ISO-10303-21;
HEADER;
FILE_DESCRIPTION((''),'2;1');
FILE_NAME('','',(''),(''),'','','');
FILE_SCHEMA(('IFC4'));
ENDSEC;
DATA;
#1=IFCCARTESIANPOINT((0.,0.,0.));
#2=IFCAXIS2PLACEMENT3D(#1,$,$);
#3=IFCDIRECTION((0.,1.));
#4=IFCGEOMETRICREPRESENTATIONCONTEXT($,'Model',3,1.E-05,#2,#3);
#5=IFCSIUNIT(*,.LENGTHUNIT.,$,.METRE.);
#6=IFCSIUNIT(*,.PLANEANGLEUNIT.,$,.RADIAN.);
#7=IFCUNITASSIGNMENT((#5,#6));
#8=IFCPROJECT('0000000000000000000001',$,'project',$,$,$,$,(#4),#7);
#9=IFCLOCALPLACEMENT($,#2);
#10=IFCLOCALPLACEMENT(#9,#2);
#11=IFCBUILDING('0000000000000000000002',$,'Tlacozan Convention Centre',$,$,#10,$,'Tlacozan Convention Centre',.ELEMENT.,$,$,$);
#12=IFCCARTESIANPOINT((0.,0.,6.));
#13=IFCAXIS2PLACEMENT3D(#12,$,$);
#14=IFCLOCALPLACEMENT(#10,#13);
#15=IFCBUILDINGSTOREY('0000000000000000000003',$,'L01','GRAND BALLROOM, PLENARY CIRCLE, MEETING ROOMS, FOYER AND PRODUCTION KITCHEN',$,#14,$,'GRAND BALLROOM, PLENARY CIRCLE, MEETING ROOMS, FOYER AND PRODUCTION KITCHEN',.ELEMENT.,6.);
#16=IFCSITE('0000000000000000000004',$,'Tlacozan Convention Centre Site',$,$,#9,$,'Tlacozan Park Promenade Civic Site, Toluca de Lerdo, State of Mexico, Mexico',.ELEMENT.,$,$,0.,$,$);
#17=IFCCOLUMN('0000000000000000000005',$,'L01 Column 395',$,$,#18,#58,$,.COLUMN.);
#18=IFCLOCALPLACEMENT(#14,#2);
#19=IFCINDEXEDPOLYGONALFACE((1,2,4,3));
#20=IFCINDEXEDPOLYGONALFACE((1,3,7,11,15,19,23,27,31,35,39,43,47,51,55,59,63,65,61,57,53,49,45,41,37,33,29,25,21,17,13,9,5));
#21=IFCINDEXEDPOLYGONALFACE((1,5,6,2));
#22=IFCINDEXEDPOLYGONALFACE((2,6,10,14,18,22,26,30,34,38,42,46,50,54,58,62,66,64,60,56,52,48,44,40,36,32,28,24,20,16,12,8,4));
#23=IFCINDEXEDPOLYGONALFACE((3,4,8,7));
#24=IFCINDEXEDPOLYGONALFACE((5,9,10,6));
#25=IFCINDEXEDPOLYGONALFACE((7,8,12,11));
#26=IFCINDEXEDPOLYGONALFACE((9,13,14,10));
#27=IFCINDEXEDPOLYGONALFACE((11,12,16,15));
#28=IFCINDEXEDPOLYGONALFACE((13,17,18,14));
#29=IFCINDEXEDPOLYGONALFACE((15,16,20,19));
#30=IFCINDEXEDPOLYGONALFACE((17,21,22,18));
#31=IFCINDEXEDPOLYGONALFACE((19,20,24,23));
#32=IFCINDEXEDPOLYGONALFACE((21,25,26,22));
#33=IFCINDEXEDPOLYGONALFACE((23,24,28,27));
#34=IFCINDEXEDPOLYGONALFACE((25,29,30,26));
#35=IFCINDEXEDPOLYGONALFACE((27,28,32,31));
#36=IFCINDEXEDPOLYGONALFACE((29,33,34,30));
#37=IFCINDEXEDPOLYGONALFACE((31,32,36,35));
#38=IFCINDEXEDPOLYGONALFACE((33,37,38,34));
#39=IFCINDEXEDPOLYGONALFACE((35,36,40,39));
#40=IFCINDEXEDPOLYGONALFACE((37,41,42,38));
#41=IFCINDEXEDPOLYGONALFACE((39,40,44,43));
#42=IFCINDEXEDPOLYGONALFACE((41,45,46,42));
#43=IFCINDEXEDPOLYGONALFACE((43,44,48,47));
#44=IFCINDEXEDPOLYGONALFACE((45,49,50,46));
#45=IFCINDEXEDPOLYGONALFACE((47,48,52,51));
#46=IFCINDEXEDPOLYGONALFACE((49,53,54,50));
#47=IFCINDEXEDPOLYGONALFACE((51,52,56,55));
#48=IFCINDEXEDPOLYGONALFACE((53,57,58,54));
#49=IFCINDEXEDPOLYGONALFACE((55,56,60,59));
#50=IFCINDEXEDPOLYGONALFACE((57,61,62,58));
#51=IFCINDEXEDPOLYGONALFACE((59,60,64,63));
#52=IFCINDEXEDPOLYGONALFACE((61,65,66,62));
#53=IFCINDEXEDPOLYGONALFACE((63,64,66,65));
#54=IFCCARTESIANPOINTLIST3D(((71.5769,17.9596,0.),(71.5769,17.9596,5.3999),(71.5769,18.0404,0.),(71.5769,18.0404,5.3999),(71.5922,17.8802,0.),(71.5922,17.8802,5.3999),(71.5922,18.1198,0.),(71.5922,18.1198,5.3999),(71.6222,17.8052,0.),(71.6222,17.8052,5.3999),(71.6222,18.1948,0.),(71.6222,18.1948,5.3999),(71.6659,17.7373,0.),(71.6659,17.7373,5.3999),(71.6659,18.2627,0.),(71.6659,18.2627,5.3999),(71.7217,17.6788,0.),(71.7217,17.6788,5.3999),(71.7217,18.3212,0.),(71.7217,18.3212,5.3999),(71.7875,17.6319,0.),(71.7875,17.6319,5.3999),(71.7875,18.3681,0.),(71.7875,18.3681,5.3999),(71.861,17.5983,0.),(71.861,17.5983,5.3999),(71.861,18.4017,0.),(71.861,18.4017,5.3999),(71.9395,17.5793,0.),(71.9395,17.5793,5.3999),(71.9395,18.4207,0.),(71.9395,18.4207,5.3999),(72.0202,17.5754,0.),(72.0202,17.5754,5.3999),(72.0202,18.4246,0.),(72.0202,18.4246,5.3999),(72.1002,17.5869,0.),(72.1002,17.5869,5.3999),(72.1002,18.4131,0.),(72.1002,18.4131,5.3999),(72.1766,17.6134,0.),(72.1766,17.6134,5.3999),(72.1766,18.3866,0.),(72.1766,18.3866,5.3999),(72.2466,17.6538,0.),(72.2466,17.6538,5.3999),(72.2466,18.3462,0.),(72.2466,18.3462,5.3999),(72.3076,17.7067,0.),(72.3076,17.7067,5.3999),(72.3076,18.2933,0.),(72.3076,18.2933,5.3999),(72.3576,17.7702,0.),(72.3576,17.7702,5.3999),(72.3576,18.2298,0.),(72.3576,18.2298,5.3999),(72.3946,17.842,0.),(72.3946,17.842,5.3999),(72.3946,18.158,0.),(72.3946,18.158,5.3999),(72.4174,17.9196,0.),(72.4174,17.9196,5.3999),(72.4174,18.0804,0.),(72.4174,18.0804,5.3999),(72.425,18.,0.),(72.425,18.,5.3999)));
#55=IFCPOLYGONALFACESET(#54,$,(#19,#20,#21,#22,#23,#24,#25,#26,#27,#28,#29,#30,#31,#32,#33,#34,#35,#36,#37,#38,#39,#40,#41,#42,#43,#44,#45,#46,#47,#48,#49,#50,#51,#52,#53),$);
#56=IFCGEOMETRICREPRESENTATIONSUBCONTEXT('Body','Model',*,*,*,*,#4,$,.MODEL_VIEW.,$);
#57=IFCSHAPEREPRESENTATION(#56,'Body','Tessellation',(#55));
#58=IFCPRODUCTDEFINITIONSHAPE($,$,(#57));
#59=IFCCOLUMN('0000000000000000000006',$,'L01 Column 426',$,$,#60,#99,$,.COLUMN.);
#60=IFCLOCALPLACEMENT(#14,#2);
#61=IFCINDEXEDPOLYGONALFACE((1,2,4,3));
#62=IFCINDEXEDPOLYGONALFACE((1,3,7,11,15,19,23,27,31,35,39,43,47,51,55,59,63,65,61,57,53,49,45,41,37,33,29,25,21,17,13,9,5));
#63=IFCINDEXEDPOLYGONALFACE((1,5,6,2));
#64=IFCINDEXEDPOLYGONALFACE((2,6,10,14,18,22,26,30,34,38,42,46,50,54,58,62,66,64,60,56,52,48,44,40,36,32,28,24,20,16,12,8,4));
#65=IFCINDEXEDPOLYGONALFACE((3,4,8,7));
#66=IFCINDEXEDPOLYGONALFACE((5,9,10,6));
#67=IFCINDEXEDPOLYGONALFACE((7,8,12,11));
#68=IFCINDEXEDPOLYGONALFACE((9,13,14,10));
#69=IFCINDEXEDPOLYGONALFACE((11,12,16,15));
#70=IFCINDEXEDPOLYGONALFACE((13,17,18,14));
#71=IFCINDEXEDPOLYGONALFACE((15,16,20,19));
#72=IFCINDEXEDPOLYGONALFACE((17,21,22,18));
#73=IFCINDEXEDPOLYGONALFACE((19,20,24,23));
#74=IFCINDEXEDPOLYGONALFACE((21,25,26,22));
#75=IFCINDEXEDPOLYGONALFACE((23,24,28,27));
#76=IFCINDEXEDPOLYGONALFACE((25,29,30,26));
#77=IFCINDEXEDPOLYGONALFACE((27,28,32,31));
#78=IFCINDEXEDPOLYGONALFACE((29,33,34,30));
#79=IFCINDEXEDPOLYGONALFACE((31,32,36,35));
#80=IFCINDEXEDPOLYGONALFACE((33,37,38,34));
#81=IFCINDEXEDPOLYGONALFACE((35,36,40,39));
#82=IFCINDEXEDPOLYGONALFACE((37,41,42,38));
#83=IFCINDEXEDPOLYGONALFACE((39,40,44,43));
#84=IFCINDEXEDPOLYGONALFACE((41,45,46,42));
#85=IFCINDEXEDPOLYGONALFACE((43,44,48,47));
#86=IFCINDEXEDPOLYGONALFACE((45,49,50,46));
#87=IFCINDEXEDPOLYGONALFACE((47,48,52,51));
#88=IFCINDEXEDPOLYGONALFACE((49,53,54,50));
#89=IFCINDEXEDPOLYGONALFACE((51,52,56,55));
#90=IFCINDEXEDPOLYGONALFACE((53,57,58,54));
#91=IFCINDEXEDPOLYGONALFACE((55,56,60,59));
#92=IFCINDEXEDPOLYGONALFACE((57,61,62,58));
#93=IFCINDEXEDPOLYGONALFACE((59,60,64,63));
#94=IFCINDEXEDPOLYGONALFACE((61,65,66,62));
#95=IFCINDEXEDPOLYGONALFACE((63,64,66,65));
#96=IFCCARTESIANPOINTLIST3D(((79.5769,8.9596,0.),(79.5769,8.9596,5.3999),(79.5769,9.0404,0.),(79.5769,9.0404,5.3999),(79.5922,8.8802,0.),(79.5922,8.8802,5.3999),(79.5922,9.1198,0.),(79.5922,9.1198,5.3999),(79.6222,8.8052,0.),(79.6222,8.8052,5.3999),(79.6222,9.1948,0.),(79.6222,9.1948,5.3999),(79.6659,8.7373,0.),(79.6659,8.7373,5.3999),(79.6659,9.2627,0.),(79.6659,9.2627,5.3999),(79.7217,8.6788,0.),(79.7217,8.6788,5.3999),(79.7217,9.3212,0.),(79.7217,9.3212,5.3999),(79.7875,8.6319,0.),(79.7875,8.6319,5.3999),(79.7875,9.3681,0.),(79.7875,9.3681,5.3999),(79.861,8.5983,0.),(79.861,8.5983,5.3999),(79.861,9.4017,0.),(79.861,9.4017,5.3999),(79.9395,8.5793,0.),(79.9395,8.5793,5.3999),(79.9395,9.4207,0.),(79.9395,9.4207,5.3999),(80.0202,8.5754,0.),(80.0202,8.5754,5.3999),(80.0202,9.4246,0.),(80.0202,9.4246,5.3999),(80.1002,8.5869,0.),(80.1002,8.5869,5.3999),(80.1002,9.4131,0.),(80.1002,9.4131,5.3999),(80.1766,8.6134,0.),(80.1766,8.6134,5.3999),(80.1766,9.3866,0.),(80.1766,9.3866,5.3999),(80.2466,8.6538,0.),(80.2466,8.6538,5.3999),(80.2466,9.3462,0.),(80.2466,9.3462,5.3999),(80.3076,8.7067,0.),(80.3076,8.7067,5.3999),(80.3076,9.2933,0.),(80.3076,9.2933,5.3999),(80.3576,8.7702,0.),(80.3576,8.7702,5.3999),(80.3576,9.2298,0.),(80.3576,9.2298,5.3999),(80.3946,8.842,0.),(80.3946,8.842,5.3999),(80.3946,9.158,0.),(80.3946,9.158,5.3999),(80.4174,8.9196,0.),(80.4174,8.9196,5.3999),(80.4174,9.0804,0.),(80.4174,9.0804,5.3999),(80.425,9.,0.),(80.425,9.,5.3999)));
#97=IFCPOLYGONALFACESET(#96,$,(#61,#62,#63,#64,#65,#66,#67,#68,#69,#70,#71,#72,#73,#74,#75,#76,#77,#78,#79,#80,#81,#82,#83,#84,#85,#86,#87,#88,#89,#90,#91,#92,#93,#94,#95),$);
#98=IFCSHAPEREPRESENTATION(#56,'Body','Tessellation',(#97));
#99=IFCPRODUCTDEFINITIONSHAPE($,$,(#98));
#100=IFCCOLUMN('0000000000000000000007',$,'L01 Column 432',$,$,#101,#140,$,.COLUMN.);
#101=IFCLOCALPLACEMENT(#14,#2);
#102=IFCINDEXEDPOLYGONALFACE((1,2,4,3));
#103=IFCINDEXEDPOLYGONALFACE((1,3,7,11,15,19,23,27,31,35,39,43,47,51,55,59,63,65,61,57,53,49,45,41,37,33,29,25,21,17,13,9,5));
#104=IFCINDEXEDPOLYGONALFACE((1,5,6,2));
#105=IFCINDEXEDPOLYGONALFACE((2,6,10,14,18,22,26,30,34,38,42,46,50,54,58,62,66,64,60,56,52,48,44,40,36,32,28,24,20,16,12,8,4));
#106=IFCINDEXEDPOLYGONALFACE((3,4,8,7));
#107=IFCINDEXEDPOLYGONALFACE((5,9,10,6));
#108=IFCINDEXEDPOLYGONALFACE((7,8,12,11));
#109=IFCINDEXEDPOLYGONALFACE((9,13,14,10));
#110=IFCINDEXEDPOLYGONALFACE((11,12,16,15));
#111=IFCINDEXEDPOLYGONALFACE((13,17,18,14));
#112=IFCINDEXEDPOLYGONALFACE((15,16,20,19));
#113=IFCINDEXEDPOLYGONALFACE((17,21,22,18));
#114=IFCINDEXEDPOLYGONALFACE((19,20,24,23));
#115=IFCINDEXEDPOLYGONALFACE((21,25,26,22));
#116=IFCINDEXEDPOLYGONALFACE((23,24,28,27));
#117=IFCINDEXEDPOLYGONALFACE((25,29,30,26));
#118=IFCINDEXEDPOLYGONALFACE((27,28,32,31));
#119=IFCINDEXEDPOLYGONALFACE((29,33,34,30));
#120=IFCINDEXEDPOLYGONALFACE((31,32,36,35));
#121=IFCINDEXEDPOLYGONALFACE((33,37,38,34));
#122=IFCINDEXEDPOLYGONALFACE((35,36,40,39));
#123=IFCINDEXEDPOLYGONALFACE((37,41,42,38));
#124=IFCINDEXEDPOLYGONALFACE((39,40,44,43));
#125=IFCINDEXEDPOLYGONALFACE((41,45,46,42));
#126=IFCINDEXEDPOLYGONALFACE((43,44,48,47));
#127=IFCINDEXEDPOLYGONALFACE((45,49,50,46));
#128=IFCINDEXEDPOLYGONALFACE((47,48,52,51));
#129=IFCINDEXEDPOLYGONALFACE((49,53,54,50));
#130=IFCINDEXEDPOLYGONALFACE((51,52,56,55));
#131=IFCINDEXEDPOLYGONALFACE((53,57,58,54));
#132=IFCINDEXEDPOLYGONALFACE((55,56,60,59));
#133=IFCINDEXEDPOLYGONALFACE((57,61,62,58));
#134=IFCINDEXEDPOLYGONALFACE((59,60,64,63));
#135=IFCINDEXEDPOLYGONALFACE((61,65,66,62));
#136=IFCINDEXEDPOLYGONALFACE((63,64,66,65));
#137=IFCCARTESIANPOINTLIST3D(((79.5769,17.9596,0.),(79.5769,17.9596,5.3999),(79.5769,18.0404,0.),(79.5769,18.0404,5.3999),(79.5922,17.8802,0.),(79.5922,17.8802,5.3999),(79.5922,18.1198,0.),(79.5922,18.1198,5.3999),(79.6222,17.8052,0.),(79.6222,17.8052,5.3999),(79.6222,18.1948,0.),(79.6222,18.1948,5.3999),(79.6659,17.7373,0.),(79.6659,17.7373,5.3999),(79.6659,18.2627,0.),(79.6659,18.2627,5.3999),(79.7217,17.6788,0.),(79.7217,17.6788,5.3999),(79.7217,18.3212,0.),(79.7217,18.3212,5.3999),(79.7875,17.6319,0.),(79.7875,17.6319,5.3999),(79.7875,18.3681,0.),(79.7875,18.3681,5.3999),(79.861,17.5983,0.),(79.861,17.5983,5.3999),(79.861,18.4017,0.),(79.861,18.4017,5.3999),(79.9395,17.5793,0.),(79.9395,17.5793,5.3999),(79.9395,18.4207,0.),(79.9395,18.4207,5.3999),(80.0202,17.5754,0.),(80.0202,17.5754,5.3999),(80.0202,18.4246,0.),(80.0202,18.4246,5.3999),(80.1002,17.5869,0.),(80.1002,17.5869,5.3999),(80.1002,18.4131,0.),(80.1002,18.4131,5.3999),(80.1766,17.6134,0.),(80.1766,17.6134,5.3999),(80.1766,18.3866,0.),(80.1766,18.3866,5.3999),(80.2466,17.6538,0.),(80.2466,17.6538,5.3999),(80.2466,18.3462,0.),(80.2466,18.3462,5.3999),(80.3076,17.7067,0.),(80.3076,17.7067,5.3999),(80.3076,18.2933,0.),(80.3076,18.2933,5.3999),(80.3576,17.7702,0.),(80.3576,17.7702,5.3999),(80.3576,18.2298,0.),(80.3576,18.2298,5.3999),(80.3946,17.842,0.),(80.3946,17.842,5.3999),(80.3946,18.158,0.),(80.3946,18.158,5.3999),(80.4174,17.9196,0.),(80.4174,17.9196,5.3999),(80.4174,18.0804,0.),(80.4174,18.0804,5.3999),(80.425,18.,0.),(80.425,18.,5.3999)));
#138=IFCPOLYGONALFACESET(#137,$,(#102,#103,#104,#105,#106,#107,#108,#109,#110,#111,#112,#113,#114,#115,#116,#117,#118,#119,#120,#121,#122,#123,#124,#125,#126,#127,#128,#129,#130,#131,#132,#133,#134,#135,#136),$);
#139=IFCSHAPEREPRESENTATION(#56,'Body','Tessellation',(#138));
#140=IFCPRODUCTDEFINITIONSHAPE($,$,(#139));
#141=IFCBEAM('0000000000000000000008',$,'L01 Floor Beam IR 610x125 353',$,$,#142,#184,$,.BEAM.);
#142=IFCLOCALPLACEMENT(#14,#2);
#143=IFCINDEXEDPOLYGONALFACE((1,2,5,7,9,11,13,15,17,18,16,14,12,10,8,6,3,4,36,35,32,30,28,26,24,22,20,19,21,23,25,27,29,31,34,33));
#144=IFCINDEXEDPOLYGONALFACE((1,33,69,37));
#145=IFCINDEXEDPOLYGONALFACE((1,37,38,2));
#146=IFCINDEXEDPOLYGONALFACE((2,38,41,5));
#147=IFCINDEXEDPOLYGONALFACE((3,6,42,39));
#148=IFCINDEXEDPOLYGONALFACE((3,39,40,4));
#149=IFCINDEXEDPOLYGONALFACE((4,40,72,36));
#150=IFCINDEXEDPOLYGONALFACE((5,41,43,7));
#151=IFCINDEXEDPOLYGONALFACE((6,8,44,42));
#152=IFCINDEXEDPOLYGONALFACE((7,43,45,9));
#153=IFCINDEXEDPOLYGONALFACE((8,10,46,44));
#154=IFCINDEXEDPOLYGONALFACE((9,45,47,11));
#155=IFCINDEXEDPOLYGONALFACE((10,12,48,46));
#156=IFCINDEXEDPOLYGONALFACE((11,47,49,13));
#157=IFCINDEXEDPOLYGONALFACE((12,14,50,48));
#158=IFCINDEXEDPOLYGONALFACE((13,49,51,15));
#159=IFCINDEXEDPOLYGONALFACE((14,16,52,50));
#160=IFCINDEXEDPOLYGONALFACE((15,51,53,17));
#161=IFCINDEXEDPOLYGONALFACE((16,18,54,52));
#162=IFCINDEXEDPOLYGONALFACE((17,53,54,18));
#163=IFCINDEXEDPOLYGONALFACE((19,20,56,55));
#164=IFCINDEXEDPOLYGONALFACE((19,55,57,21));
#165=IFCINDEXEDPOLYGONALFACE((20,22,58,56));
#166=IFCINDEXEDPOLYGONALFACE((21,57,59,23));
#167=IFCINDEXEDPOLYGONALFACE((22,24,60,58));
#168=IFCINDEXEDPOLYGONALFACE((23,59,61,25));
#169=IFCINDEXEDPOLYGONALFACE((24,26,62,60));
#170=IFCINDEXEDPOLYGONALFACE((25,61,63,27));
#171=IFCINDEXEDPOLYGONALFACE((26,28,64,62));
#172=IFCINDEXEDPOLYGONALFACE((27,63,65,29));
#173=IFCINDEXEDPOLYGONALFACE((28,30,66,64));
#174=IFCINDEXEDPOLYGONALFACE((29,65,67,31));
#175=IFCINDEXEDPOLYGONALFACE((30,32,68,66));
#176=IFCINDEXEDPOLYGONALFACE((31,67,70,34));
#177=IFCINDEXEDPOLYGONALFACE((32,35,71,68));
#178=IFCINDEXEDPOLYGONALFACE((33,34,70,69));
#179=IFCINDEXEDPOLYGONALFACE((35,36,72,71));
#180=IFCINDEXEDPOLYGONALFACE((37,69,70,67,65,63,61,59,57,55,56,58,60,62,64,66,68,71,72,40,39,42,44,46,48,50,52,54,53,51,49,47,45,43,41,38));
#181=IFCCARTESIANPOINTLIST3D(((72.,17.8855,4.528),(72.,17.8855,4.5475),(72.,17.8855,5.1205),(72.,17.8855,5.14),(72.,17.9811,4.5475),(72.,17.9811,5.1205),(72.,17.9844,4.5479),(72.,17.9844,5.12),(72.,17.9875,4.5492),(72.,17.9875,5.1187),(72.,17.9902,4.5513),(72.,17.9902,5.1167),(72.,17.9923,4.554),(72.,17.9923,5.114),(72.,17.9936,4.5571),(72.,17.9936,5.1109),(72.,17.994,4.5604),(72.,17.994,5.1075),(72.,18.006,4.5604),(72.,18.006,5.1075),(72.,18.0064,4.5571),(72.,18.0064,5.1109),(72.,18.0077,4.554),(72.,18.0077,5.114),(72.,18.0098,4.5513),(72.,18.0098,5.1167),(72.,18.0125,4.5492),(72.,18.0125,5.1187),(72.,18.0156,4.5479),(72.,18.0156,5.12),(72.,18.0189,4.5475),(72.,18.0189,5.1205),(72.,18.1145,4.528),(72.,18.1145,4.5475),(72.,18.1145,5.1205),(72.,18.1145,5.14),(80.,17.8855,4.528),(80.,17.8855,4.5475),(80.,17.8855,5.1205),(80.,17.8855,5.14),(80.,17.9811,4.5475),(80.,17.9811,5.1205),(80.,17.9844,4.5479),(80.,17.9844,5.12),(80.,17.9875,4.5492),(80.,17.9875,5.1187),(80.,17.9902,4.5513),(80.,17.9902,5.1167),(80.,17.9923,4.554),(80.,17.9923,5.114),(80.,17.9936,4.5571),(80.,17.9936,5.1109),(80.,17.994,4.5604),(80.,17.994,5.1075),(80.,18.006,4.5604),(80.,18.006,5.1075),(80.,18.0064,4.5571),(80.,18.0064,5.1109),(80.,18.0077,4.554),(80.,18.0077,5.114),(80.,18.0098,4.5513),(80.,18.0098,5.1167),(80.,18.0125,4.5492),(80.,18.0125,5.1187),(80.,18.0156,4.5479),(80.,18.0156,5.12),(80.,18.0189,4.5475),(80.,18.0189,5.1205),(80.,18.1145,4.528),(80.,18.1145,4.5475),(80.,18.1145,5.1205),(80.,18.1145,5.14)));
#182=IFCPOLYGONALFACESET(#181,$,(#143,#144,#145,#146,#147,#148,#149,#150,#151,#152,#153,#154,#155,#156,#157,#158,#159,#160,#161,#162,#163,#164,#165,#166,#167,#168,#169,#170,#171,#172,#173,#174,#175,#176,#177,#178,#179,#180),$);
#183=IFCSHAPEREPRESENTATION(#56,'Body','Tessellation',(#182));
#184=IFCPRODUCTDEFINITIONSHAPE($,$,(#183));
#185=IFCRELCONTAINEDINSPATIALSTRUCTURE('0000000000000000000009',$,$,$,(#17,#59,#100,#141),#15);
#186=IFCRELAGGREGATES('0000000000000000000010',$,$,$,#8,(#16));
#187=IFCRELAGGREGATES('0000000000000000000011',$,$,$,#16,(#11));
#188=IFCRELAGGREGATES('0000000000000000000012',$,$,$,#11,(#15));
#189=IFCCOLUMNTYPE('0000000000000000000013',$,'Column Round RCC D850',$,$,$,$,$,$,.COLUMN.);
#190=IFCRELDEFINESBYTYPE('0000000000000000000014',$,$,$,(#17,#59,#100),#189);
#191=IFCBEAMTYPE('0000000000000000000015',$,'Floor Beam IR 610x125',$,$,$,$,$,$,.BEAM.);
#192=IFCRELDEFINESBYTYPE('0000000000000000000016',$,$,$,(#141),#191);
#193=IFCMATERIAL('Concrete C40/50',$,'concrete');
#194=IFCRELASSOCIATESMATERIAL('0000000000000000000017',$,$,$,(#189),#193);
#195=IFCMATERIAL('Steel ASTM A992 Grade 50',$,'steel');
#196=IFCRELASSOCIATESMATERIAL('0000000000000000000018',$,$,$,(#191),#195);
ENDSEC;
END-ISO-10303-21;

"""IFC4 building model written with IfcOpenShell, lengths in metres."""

from ifc_helpers import new_model, si_unit, direction, frame, origin, origin_2d, place, context, subcontext, project, spatial, circle, i_section, extrude, material, material_profile, profile_set, type_object, element, save


model = new_model("IFC4")

# Units and contexts
model_context = context("Model", 3, precision=1e-05, world=origin(), true_north=direction((0.0, 1.0)))
body_context = subcontext(model_context, "Body", "Model", "MODEL_VIEW")
ifc_project = project(units=[si_unit("LENGTHUNIT", "METRE"), si_unit("PLANEANGLEUNIT", "RADIAN")], contexts=[model_context])

# Site, building, storey
site_placement = place(None, origin())
site = spatial("IfcSite", under=ifc_project, at=site_placement, Name="Tlacozan Convention Centre Site", LongName="Tlacozan Park Promenade Civic Site, Toluca de Lerdo, State of Mexico, Mexico", CompositionType="ELEMENT", RefElevation=0.0)
building_placement = place(site_placement, origin())
building = spatial("IfcBuilding", under=site, at=building_placement, Name="Tlacozan Convention Centre", LongName="Tlacozan Convention Centre", CompositionType="ELEMENT")
storey_placement = place(building_placement, frame((0.0, 0.0, 6.0)))
storey = spatial("IfcBuildingStorey", under=building, at=storey_placement, Name="L01", Description="GRAND BALLROOM, PLENARY CIRCLE, MEETING ROOMS, FOYER AND PRODUCTION KITCHEN", LongName="GRAND BALLROOM, PLENARY CIRCLE, MEETING ROOMS, FOYER AND PRODUCTION KITCHEN", CompositionType="ELEMENT", Elevation=6.0)

# Columns
ifc_material_1 = material(Name="Concrete C40/50", Category="concrete")
ifc_material_profile_1 = material_profile(ifc_material_1, circle(Radius=0.425, at=origin_2d()), Name="RCC D850")
ifc_profile_set_1 = profile_set([ifc_material_profile_1], Name="Concrete C40/50")
column_type = type_object("IfcColumnType", Name="Column Round RCC D850", PredefinedType="COLUMN", material=ifc_profile_set_1)
for number, where, z_axis, x_axis, name in (
    (1, (72.0, 18.0, 0.0), (0.0, 0.0, 1.0), (1.0, 0.0, 0.0), "L01 Column 395"),
    (2, (80.0, 9.0, 0.0), (0.0, 0.0, 1.0), (1.0, 0.0, 0.0), "L01 Column 426"),
    (3, (80.0, 18.0, 0.0), (0.0, 0.0, 1.0), (1.0, 0.0, 0.0), "L01 Column 432"),
):
    element("IfcColumn", number, at=place(storey_placement, frame(where, z_axis=z_axis, x_axis=x_axis)), inside=storey, type_object=column_type, Name=name, PredefinedType="COLUMN", context=body_context, shape_type="SweptSolid", body=[
        extrude(circle(Radius=0.425, at=origin_2d()), origin(), (0.0, 0.0, 1.0), 5.3999),
    ])

# Beam
ifc_material_2 = material(Name="Steel ASTM A992 Grade 50", Category="steel")
ifc_material_profile_2 = material_profile(ifc_material_2, i_section(OverallWidth=0.229, OverallDepth=0.6121, WebThickness=0.012, FlangeThickness=0.0195, FilletRadius=0.0129, at=origin_2d()), Name="IR 610x125.0")
ifc_profile_set_2 = profile_set([ifc_material_profile_2], Name="Steel ASTM A992 Grade 50")
beam_type_1 = type_object("IfcBeamType", Name="Floor Beam IR 610x125", PredefinedType="BEAM", material=ifc_profile_set_2)
for number, where, z_axis, x_axis, name in (
    (4, (72.0, 18.0, 4.834), (1.0, 0.0, 0.0), (0.0, 1.0, 0.0), "L01 Floor Beam IR 610x125 353"),
):
    element("IfcBeam", number, at=place(storey_placement, frame(where, z_axis=z_axis, x_axis=x_axis)), inside=storey, type_object=beam_type_1, Name=name, PredefinedType="BEAM", context=body_context, shape_type="SweptSolid", body=[
        extrude(i_section(OverallWidth=0.229, OverallDepth=0.6121, WebThickness=0.012, FlangeThickness=0.0195, FilletRadius=0.0129, at=origin_2d()), origin(), (0.0, 0.0, 1.0), 8.0),
    ])

save(model, "model.ifc")
